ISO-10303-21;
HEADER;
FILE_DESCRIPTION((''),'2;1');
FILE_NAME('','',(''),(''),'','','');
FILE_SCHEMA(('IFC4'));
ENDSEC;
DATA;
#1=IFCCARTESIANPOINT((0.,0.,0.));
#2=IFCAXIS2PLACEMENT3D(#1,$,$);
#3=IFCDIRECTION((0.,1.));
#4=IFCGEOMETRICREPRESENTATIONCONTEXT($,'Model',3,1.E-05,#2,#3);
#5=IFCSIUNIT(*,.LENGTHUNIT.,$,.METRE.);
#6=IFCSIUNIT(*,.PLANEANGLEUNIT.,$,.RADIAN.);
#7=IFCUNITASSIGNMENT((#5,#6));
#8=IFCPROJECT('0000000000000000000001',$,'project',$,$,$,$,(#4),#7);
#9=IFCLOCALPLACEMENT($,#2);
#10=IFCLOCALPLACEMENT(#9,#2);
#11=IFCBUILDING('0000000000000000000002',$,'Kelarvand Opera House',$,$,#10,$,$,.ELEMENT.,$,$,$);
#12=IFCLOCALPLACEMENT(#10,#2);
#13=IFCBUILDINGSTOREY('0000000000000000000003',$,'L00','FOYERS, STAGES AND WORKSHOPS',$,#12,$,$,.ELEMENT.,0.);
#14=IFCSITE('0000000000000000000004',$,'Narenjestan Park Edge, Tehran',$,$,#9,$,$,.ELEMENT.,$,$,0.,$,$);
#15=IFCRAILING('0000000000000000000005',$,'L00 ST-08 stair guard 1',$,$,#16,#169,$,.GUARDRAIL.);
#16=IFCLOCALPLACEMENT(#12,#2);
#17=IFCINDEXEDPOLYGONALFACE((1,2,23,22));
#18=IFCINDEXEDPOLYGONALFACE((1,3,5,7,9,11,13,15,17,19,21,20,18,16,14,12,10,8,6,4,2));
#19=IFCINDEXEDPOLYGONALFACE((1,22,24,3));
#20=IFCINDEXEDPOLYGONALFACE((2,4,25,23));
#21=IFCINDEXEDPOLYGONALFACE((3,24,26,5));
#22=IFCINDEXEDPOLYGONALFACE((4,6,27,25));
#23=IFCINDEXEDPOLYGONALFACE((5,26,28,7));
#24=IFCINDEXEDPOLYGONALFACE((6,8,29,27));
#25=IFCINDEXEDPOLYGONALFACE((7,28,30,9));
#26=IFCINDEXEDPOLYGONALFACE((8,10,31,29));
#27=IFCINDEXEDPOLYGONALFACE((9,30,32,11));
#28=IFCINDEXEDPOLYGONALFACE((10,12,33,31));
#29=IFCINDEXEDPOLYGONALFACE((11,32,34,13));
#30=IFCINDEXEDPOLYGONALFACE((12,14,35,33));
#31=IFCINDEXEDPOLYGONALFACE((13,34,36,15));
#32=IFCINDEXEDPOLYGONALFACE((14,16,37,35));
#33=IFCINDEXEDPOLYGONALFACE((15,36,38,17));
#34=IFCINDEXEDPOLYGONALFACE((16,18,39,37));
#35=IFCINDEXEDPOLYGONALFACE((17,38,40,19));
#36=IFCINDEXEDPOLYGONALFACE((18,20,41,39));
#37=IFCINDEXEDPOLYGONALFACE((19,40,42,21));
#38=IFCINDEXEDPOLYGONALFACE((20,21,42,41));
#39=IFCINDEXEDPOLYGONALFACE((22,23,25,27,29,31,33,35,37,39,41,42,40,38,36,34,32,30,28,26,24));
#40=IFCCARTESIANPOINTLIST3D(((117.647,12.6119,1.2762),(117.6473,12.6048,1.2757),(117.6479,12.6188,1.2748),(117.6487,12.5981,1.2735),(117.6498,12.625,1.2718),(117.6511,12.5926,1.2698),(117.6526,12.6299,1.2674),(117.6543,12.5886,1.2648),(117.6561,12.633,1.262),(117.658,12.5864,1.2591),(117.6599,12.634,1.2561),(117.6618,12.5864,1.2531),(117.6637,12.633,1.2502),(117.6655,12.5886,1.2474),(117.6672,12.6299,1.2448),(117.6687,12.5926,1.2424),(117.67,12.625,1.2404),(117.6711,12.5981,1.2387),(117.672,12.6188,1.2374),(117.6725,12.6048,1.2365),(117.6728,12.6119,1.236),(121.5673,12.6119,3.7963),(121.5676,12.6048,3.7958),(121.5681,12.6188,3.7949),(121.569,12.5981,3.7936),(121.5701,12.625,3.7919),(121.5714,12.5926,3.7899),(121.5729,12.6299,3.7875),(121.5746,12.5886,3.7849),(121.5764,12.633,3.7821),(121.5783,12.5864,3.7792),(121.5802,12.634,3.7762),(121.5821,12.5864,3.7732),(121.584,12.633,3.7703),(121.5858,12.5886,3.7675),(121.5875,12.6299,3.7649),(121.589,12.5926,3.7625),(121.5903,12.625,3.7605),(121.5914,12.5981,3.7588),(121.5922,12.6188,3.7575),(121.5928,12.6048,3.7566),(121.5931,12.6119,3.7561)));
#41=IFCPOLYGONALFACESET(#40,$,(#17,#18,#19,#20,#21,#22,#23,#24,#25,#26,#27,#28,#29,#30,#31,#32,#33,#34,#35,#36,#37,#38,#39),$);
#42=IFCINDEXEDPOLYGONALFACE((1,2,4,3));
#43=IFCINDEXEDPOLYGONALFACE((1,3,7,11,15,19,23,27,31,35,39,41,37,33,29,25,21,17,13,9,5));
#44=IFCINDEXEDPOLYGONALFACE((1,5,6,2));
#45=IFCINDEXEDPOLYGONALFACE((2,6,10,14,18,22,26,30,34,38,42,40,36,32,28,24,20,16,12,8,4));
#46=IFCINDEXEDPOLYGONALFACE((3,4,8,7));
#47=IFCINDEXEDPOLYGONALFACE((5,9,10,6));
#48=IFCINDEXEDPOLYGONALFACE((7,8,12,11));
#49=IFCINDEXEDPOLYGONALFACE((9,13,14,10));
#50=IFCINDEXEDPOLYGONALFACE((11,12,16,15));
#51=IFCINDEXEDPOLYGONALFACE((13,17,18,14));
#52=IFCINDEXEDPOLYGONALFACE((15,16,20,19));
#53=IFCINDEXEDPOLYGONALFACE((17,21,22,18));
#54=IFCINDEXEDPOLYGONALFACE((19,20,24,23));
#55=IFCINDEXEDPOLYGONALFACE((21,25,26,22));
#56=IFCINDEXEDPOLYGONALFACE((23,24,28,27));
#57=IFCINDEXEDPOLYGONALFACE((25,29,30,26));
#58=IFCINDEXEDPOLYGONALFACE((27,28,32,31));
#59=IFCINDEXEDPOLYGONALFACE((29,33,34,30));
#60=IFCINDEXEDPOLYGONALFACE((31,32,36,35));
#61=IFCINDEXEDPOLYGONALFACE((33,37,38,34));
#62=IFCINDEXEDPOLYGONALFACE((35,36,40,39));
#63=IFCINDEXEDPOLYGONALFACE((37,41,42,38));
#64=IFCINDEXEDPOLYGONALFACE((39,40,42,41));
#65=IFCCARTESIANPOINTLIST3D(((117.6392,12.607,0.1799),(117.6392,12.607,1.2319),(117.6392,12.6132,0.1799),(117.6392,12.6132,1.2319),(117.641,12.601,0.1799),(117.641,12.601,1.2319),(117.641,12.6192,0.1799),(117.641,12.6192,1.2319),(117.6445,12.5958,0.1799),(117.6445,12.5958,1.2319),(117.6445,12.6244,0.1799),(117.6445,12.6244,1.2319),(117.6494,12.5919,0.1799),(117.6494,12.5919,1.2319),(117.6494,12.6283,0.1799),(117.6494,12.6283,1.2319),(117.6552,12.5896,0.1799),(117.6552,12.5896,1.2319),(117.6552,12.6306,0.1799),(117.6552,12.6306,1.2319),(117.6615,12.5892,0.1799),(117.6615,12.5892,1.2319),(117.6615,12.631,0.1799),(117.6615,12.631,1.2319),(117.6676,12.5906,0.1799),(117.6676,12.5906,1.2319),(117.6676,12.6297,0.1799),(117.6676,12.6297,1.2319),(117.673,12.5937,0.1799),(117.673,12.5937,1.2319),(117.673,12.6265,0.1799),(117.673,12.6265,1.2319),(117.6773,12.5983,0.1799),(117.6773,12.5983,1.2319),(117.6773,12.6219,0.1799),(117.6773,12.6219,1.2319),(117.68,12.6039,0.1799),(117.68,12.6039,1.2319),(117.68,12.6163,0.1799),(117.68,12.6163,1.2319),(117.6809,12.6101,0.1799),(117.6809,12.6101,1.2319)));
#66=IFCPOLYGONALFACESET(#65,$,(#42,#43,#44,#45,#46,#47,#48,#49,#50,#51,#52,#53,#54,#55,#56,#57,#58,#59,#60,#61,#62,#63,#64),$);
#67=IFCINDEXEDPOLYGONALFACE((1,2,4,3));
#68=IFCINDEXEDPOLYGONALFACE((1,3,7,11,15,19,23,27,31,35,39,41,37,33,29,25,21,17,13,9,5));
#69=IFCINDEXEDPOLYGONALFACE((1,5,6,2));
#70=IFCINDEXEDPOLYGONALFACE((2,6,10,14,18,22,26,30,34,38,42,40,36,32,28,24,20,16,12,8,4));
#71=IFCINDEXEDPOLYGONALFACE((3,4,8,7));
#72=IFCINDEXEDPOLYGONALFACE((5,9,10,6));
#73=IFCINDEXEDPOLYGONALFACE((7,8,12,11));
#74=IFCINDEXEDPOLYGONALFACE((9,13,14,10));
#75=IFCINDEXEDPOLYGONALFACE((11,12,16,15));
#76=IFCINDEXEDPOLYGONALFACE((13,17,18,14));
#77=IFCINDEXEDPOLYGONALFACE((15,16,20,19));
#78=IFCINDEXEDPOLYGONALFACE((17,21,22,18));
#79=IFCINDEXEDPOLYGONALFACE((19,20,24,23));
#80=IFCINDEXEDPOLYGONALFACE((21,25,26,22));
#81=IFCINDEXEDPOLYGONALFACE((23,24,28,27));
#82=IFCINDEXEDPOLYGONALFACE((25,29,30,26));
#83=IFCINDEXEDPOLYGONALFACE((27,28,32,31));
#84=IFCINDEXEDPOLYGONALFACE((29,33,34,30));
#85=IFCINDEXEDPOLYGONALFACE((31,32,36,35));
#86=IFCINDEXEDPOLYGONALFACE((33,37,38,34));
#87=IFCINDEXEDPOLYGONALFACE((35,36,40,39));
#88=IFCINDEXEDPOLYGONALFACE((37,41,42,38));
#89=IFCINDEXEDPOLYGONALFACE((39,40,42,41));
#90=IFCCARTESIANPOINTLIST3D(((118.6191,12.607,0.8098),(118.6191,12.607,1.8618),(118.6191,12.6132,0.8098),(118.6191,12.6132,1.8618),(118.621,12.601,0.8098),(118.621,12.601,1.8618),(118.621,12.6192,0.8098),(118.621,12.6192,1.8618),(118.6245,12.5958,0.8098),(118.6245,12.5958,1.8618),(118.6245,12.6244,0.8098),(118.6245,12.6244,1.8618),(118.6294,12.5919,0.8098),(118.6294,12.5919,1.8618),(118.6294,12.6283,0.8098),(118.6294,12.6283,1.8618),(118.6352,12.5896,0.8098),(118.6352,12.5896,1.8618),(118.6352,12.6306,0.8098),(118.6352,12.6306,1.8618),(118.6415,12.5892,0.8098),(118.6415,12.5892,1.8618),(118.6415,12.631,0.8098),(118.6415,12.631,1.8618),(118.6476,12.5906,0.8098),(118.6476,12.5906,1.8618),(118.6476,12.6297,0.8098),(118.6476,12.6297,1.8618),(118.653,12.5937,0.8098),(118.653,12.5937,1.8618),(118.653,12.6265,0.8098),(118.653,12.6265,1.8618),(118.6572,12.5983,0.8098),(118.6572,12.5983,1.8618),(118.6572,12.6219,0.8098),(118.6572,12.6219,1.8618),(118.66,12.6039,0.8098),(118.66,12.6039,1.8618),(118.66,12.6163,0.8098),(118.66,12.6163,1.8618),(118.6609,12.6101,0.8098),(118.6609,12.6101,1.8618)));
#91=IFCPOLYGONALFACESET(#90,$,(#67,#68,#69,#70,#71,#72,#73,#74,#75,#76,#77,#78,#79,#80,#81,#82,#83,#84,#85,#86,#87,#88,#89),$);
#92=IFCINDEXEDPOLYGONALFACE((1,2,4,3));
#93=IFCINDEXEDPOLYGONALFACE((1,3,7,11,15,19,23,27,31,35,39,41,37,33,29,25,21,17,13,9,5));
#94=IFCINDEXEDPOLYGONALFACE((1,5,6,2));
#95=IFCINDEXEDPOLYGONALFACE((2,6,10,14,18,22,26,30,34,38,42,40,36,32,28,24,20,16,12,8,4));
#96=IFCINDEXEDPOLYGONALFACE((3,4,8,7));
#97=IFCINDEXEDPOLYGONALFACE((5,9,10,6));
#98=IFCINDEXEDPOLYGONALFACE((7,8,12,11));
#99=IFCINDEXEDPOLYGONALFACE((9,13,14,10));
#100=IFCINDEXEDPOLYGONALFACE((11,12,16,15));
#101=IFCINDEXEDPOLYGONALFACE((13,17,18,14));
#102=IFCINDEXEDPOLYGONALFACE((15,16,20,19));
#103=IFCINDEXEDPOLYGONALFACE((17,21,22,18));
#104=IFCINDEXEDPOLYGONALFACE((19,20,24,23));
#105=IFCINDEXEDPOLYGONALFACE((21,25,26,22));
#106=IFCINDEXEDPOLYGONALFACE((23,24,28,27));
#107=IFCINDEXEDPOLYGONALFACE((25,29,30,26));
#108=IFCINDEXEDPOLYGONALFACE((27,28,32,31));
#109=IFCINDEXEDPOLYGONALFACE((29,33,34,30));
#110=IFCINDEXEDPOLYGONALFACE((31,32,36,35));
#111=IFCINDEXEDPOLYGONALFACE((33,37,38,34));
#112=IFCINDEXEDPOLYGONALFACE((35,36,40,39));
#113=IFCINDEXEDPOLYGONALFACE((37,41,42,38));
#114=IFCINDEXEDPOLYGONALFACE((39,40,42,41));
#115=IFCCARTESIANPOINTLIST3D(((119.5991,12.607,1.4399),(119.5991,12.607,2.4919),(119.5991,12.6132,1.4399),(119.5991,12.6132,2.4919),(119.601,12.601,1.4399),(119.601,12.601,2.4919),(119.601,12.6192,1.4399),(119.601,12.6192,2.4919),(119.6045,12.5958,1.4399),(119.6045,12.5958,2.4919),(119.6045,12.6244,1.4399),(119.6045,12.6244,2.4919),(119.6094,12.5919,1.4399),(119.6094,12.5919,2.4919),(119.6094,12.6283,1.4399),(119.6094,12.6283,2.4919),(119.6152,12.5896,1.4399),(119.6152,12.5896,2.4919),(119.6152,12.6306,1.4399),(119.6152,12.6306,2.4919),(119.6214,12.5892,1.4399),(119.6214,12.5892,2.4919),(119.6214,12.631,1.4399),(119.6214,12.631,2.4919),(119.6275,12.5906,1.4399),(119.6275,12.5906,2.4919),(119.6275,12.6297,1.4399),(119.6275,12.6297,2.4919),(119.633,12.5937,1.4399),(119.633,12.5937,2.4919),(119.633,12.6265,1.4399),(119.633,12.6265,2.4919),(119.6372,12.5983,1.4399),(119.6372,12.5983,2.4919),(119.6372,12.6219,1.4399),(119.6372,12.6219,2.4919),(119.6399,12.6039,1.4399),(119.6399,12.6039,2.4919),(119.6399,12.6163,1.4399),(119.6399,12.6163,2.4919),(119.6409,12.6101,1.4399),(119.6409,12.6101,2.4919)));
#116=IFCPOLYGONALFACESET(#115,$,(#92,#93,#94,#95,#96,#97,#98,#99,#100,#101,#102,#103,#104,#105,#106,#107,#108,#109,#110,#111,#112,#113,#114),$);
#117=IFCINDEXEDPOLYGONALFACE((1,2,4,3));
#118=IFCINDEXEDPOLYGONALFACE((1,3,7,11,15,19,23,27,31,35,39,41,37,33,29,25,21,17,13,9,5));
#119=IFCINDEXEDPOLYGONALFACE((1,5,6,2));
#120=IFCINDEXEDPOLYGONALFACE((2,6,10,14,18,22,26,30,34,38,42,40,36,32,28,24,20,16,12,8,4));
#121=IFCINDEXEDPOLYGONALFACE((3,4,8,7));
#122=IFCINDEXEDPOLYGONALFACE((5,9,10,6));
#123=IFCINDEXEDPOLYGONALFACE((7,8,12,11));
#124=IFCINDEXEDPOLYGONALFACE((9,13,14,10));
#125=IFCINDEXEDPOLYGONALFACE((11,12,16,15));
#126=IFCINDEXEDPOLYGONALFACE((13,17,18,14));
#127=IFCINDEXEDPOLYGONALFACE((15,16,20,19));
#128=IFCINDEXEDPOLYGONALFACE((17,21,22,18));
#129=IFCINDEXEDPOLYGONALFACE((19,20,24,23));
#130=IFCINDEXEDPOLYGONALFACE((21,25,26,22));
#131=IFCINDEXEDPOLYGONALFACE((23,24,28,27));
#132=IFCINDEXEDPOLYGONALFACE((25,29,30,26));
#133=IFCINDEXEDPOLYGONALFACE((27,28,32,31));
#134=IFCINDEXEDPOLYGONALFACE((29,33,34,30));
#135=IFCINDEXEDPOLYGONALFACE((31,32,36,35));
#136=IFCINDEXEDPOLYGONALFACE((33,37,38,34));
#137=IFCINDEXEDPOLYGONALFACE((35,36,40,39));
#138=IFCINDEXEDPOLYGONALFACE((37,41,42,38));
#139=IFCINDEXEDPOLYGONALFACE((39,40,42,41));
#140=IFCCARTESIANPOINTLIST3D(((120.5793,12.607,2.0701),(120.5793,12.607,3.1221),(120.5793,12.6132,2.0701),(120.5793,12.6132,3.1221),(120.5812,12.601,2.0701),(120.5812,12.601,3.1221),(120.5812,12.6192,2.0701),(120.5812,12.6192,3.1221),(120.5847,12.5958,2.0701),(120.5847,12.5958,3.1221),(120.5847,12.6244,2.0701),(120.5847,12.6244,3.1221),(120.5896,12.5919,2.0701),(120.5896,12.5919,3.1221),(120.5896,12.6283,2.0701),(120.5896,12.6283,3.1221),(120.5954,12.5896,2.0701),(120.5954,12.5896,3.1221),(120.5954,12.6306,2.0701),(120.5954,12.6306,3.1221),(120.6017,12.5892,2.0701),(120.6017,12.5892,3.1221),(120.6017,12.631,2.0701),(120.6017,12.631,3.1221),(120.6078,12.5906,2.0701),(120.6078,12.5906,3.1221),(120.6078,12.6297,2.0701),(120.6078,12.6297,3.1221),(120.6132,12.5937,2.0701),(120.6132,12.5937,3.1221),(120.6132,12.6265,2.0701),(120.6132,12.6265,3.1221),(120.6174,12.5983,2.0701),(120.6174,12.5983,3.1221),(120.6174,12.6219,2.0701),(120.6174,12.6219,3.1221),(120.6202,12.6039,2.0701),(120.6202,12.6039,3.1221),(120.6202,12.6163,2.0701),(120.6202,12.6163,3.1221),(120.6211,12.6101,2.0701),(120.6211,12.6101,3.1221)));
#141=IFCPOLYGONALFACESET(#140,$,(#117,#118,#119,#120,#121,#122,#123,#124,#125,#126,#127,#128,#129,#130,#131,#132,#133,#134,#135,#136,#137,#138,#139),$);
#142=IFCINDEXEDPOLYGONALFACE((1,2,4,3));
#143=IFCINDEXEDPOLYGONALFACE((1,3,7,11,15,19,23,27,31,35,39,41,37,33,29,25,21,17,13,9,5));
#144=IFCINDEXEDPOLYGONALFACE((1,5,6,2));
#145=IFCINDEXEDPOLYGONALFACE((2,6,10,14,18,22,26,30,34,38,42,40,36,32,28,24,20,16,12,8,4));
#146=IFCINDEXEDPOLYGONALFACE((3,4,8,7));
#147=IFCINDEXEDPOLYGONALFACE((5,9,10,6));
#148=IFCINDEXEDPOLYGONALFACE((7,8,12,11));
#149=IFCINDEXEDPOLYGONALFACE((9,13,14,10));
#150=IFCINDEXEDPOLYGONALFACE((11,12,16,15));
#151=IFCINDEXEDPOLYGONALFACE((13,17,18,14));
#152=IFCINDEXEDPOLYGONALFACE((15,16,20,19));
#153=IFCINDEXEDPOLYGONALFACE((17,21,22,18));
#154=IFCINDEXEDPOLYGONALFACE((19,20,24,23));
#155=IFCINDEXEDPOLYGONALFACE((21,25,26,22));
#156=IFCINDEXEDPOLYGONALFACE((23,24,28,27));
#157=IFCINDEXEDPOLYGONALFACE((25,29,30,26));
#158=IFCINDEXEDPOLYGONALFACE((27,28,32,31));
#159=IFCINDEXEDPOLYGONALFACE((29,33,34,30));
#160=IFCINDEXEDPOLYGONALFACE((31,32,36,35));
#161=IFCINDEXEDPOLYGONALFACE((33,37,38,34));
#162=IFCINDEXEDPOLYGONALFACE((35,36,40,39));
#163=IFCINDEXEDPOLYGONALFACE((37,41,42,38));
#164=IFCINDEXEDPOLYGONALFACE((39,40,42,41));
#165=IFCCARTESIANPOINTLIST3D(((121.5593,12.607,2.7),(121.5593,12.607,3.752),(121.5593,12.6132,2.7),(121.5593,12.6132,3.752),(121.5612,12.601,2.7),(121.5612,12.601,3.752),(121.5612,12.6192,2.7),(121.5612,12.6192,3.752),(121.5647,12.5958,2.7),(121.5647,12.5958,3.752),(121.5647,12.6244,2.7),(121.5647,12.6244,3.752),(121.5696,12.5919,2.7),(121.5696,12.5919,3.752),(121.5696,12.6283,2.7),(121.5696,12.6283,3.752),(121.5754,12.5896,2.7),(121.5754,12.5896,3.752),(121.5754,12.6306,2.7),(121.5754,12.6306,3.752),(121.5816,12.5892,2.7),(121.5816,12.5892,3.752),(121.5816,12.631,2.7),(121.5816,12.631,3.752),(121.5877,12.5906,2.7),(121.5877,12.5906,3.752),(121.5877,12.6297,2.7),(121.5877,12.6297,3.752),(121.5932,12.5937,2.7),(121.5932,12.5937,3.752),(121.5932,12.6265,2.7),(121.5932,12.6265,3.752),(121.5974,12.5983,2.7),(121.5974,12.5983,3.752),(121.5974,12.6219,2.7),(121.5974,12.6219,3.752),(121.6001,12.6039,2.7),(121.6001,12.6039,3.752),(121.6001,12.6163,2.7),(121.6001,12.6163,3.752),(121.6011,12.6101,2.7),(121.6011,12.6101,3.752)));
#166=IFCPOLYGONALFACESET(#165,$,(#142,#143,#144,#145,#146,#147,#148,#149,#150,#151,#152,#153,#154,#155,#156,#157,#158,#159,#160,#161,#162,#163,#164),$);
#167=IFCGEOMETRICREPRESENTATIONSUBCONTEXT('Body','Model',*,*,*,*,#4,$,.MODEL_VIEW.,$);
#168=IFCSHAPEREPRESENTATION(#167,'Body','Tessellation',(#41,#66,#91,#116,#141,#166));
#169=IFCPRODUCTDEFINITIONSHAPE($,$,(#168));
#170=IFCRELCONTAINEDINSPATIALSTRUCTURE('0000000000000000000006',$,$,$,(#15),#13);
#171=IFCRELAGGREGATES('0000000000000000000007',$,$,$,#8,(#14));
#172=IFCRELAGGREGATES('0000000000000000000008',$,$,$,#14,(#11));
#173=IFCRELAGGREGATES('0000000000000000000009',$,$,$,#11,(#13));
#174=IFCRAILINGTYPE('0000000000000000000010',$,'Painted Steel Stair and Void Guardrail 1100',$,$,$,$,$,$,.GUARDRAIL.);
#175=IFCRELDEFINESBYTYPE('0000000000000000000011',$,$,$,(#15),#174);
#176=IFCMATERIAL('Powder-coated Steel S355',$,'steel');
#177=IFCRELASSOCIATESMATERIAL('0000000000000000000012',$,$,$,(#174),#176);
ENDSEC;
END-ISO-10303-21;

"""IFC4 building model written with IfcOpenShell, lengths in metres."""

from ifc_helpers import new_model, si_unit, direction, frame, origin, origin_2d, place, context, subcontext, project, spatial, circle, extrude, material, type_object, element, save


model = new_model("IFC4")

# Units and contexts
model_context = context("Model", 3, precision=1e-05, world=origin(), true_north=direction((0.0, 1.0)))
body_context = subcontext(model_context, "Body", "Model", "MODEL_VIEW")
ifc_project = project(units=[si_unit("LENGTHUNIT", "METRE"), si_unit("PLANEANGLEUNIT", "RADIAN")], contexts=[model_context])

# Site, building, storey
site_placement = place(None, origin())
site = spatial("IfcSite", under=ifc_project, at=site_placement, Name="Narenjestan Park Edge, Tehran", CompositionType="ELEMENT", RefElevation=0.0)
building_placement = place(site_placement, origin())
building = spatial("IfcBuilding", under=site, at=building_placement, Name="Kelarvand Opera House", CompositionType="ELEMENT")
storey_placement = place(building_placement, origin())
storey = spatial("IfcBuildingStorey", under=building, at=storey_placement, Name="L00", Description="FOYERS, STAGES AND WORKSHOPS", CompositionType="ELEMENT", Elevation=0.0)

# Railing
ifc_material_1 = material(Name="Powder-coated Steel S355", Category="steel")
railing_type_1 = type_object("IfcRailingType", Name="Painted Steel Stair and Void Guardrail 1100", PredefinedType="GUARDRAIL", material=ifc_material_1)
railing_1_placement = place(storey_placement, frame((117.6599, 12.6101, 0.1799)))
element("IfcRailing", 1, at=railing_1_placement, inside=storey, type_object=railing_type_1, Name="L00 ST-08 stair guard 1", PredefinedType="GUARDRAIL", context=body_context, shape_type="SweptSolid", body=[
    extrude(circle(Radius=0.0239, at=origin_2d()), frame((0.0, 0.0, 1.0762), z_axis=(0.841187, 0.0, 0.540744), x_axis=(0.0, 1.0, 0.0)), (0.0, 0.0, 1.0), 4.6604),
    extrude(circle(Radius=0.021, at=origin_2d()), origin(), (0.0, 0.0, 1.0), 1.052),
    extrude(circle(Radius=0.021, at=origin_2d()), frame((0.98, 0.0, 0.6299)), (0.0, 0.0, 1.0), 1.052),
    extrude(circle(Radius=0.021, at=origin_2d()), frame((1.96, 0.0, 1.26)), (0.0, 0.0, 1.0), 1.052),
    extrude(circle(Radius=0.021, at=origin_2d()), frame((2.9402, 0.0, 1.8901)), (0.0, 0.0, 1.0), 1.052),
    extrude(circle(Radius=0.021, at=origin_2d()), frame((3.9202, 0.0, 2.52)), (0.0, 0.0, 1.0), 1.052),
])

save(model, "model.ifc")
